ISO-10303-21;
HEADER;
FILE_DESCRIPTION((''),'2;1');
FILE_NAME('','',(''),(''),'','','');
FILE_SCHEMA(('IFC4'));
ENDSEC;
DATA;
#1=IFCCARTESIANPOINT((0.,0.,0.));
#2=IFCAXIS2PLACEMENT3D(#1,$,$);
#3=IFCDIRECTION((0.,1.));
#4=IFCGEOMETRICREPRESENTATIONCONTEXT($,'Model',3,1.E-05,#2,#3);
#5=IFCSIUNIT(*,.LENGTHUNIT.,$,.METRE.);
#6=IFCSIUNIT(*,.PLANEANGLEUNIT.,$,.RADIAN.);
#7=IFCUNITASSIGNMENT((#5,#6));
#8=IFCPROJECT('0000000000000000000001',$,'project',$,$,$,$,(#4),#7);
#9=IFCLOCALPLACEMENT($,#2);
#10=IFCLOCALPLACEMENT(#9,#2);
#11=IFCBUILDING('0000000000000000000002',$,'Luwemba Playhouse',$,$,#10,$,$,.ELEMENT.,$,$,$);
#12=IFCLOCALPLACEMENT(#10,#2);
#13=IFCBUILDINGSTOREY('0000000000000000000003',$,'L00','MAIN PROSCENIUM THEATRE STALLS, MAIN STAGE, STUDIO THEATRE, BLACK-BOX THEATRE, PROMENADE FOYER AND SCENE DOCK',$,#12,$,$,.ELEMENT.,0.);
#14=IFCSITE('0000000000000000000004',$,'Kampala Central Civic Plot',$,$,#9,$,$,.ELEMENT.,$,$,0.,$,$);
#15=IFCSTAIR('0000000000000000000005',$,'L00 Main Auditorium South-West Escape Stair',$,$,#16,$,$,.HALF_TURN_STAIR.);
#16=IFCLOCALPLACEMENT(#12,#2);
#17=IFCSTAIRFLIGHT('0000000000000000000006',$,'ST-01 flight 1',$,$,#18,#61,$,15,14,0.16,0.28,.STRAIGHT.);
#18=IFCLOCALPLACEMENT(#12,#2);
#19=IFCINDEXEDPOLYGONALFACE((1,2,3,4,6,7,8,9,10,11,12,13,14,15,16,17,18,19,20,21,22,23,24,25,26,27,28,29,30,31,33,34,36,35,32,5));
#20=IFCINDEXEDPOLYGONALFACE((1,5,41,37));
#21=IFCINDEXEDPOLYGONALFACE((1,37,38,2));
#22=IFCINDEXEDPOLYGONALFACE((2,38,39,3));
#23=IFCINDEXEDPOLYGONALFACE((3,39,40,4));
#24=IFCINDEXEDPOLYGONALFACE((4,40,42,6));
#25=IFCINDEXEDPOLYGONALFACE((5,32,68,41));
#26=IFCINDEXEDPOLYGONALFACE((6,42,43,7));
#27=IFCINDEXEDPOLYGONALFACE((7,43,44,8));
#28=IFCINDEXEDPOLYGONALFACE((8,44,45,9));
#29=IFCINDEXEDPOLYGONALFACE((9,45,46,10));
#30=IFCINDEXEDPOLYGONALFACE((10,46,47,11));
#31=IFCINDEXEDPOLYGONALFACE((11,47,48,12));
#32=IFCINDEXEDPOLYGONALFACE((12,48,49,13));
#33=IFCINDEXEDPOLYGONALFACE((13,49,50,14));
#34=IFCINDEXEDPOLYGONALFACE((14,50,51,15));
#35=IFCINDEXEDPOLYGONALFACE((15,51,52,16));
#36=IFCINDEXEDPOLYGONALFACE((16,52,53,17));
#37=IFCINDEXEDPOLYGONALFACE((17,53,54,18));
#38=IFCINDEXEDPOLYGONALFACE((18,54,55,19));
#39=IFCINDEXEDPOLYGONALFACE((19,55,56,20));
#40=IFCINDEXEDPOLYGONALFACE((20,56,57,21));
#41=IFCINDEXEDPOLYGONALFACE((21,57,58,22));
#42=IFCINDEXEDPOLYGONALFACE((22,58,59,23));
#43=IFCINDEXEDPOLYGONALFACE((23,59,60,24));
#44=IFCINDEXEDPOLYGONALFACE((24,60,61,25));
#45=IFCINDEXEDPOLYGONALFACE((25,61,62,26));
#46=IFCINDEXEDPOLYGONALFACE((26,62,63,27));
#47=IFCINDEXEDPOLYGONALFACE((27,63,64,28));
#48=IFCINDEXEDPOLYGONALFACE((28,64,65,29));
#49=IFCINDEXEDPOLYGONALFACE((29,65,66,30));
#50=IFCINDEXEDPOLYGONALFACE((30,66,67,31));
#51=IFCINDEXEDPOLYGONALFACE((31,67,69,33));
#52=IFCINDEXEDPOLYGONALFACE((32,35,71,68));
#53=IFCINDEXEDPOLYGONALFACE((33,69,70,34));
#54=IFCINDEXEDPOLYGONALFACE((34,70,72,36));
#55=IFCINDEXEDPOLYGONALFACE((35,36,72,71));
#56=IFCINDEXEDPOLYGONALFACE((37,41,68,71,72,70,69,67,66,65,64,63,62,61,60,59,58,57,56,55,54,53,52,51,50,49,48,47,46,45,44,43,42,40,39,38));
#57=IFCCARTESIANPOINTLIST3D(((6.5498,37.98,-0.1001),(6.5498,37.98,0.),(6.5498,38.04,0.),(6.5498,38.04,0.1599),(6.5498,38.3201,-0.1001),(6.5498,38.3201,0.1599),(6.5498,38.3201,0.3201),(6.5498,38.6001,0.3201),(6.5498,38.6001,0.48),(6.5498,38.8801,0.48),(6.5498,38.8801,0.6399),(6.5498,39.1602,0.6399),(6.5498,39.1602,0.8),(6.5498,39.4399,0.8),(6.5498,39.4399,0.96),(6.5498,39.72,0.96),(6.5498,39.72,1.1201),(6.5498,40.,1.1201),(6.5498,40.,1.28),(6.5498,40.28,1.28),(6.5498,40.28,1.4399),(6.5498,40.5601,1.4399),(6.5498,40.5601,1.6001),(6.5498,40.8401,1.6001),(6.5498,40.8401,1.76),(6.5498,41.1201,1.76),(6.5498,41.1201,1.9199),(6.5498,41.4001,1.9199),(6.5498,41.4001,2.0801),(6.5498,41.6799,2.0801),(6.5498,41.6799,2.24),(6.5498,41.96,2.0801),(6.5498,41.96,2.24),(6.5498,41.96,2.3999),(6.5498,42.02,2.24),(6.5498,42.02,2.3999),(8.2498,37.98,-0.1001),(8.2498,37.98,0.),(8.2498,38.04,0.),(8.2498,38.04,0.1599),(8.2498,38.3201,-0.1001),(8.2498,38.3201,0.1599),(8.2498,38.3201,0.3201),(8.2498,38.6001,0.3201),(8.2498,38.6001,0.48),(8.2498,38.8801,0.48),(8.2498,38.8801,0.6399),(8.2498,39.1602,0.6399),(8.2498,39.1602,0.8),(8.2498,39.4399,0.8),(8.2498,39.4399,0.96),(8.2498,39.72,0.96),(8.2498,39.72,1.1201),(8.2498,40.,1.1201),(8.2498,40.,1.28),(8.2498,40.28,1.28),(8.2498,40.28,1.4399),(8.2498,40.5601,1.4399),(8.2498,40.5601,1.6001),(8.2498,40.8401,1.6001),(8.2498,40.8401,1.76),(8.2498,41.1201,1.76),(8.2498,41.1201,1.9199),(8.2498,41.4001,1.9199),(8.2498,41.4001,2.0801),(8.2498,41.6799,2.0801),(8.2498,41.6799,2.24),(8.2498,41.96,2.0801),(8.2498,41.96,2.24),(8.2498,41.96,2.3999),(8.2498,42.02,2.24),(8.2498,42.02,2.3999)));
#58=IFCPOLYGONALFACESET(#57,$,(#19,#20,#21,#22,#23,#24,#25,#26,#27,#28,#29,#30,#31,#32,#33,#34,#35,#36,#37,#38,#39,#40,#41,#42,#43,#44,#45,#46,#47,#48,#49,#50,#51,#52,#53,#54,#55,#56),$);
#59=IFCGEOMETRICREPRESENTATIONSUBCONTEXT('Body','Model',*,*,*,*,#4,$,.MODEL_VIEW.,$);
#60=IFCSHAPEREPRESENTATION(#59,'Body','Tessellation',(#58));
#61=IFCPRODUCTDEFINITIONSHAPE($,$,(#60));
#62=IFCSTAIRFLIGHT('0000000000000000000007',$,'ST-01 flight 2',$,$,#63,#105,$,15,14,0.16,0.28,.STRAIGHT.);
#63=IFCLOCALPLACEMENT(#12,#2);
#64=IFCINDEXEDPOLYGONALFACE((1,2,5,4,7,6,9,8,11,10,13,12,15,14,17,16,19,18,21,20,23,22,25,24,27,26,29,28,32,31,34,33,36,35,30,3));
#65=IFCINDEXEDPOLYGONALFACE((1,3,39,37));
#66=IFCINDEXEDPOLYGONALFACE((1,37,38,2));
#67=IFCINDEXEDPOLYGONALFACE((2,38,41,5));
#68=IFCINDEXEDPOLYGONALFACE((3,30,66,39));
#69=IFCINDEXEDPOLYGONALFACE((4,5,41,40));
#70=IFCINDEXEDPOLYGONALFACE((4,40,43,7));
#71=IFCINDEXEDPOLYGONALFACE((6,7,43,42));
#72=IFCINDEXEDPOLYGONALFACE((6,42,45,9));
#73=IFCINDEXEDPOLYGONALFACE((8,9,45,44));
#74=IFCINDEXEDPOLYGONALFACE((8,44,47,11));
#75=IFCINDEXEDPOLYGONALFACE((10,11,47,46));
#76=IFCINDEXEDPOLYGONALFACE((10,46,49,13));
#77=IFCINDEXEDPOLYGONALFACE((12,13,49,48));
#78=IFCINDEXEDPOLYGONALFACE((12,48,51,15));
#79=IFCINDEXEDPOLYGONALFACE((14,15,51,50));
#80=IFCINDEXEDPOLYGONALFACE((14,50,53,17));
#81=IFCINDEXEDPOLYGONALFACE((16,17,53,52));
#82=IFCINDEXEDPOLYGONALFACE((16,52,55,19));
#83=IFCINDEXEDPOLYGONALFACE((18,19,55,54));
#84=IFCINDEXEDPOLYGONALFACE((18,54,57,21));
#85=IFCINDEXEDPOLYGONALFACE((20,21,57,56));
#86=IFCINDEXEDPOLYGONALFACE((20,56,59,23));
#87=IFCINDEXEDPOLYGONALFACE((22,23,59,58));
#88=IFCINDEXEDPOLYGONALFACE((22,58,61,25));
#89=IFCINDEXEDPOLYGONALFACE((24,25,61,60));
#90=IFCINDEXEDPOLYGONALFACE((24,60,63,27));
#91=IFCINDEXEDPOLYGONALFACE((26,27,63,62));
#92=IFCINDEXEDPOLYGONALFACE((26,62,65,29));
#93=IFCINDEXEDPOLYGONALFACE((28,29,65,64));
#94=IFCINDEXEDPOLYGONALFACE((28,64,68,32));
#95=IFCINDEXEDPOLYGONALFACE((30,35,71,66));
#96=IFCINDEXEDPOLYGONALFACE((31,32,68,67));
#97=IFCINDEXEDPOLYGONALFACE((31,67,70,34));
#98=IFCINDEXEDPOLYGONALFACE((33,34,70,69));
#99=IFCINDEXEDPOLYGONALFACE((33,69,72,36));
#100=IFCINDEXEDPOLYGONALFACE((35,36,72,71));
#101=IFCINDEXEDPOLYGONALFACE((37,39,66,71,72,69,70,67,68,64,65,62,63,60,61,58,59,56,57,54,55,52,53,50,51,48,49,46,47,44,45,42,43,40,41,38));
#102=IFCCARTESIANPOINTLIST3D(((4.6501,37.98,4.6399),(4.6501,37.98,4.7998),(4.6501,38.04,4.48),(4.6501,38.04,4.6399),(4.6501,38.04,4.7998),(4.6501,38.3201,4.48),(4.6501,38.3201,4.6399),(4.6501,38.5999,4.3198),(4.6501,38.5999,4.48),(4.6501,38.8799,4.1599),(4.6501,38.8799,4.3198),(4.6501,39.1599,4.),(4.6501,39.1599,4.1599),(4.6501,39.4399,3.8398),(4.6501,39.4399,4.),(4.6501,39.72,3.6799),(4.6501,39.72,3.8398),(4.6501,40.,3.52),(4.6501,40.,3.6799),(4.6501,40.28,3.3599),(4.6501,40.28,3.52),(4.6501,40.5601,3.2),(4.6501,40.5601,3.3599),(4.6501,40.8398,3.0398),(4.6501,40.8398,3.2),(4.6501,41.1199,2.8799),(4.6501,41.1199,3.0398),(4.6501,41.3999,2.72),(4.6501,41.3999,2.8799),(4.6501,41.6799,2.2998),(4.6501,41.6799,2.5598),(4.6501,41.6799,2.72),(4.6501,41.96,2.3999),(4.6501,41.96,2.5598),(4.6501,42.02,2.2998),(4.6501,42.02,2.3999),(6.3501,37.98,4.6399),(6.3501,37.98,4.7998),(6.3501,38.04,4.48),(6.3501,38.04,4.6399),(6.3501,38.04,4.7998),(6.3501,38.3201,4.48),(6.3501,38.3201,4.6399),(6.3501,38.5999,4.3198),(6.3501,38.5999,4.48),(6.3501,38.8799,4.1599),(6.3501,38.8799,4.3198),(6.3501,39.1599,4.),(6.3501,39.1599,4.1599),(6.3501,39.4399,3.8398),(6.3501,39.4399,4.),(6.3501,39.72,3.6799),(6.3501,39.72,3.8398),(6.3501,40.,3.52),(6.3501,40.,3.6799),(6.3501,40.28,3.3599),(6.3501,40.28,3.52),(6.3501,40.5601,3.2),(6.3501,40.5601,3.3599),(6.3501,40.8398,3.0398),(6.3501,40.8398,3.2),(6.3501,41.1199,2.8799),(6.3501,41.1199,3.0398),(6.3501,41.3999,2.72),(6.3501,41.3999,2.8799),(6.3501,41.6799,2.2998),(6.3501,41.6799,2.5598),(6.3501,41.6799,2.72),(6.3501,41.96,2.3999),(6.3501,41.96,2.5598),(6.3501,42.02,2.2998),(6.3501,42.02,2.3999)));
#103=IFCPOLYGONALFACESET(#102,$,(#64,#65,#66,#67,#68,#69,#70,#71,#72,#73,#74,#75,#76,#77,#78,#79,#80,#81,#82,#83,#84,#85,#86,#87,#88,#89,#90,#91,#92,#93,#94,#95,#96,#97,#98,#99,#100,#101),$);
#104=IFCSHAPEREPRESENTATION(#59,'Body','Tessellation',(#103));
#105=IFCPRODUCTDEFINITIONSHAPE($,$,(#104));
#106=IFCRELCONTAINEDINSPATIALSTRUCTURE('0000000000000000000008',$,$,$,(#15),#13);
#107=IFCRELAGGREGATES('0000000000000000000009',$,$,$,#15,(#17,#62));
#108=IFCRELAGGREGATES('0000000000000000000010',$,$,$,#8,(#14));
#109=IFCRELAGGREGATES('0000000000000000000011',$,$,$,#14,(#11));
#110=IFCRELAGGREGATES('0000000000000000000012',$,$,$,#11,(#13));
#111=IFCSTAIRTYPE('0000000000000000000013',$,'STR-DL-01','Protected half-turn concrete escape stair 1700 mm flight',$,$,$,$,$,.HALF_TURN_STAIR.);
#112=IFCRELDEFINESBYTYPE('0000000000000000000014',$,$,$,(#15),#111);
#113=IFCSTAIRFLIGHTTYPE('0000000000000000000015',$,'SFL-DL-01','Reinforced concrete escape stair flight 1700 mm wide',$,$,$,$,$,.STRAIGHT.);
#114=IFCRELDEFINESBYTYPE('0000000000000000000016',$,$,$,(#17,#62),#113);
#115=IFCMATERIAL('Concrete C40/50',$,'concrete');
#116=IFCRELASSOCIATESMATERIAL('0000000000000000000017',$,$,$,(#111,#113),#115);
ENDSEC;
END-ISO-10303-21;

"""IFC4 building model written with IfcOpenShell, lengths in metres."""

from ifc_helpers import new_model, si_unit, direction, frame, origin, place, context, subcontext, project, spatial, polyline, outline, extrude, material, type_object, element, aggregate, save


model = new_model("IFC4")

# Units and contexts
model_context = context("Model", 3, precision=1e-05, world=origin(), true_north=direction((0.0, 1.0)))
body_context = subcontext(model_context, "Body", "Model", "MODEL_VIEW")
ifc_project = project(units=[si_unit("LENGTHUNIT", "METRE"), si_unit("PLANEANGLEUNIT", "RADIAN")], contexts=[model_context])

# Site, building, storey
site_placement = place(None, origin())
site = spatial("IfcSite", under=ifc_project, at=site_placement, Name="Kampala Central Civic Plot", CompositionType="ELEMENT", RefElevation=0.0)
building_placement = place(site_placement, origin())
building = spatial("IfcBuilding", under=site, at=building_placement, Name="Luwemba Playhouse", CompositionType="ELEMENT")
storey_placement = place(building_placement, origin())
storey = spatial("IfcBuildingStorey", under=building, at=storey_placement, Name="L00", Description="MAIN PROSCENIUM THEATRE STALLS, MAIN STAGE, STUDIO THEATRE, BLACK-BOX THEATRE, PROMENADE FOYER AND SCENE DOCK", CompositionType="ELEMENT", Elevation=0.0)

# Shared definitions
ifc_material_1 = material(Name="Concrete C40/50", Category="concrete")

# Stair, stair flights
stair_type = type_object("IfcStairType", Name="STR-DL-01", Description="Protected half-turn concrete escape stair 1700 mm flight", PredefinedType="HALF_TURN_STAIR", material=ifc_material_1)
stair_placement = place(storey_placement, origin())
stair = element("IfcStair", 1, at=stair_placement, inside=storey, type_object=stair_type, Name="L00 Main Auditorium South-West Escape Stair", PredefinedType="HALF_TURN_STAIR")
stair_flight_type = type_object("IfcStairFlightType", Name="SFL-DL-01", Description="Reinforced concrete escape stair flight 1700 mm wide", PredefinedType="STRAIGHT", material=ifc_material_1)
stair_flight_1_placement = place(storey_placement, frame((7.3999, 38.04, 0.0), z_axis=(0.0, 0.0, 1.0), x_axis=(0.0, 1.0, 0.0)))
stair_flight_1 = element("IfcStairFlight", 2, at=stair_flight_1_placement, type_object=stair_flight_type, Name="ST-01 flight 1", NumberOfRisers=15, NumberOfTreads=14, PredefinedType="STRAIGHT", RiserHeight=0.16, TreadLength=0.28, context=body_context, shape_type="SweptSolid", body=[
    extrude(outline(polyline([(-0.0601, -0.1001), (-0.0601, 0.0), (0.0, 0.0), (0.0, 0.1599), (0.28, 0.1599), (0.28, 0.3201), (0.5601, 0.3201), (0.5601, 0.48), (0.8401, 0.48), (0.8401, 0.6399), (1.1201, 0.6399), (1.1201, 0.8), (1.3999, 0.8), (1.3999, 0.96), (1.6799, 0.96), (1.6799, 1.1201), (1.96, 1.1201), (1.96, 1.28), (2.24, 1.28), (2.24, 1.4399), (2.52, 1.4399), (2.52, 1.6001), (2.8, 1.6001), (2.8, 1.76), (3.0801, 1.76), (3.0801, 1.9199), (3.3601, 1.9199), (3.3601, 2.0801), (3.6399, 2.0801), (3.6399, 2.24), (3.9199, 2.24), (3.9199, 2.3999), (3.98, 2.3999), (3.98, 2.24), (3.9199, 2.0801), (0.28, -0.1001), (-0.0601, -0.1001)])), frame((0.0, 0.8501, 0.0), z_axis=(0.0, -1.0, 0.0), x_axis=(1.0, 0.0, 0.0)), (0.0, 0.0, 1.0), 1.7),
])
stair_flight_2_placement = place(storey_placement, frame((5.5, 41.96, 2.3999), z_axis=(0.0, 0.0, 1.0), x_axis=(0.0, -1.0, 0.0)))
stair_flight_2 = element("IfcStairFlight", 3, at=stair_flight_2_placement, type_object=stair_flight_type, Name="ST-01 flight 2", NumberOfRisers=15, NumberOfTreads=14, PredefinedType="STRAIGHT", RiserHeight=0.16, TreadLength=0.28, context=body_context, shape_type="SweptSolid", body=[
    extrude(outline(polyline([(-0.0601, -0.1001), (-0.0601, 0.0), (0.0, 0.0), (0.0, 0.1599), (0.28, 0.1599), (0.28, 0.3201), (0.5601, 0.3201), (0.5601, 0.48), (0.8401, 0.48), (0.8401, 0.6399), (1.1201, 0.6399), (1.1201, 0.8), (1.3999, 0.8), (1.3999, 0.96), (1.6799, 0.96), (1.6799, 1.1201), (1.96, 1.1201), (1.96, 1.28), (2.24, 1.28), (2.24, 1.4399), (2.52, 1.4399), (2.52, 1.6001), (2.8, 1.6001), (2.8, 1.76), (3.0801, 1.76), (3.0801, 1.9199), (3.3601, 1.9199), (3.3601, 2.0801), (3.6399, 2.0801), (3.6399, 2.24), (3.9199, 2.24), (3.9199, 2.3999), (3.98, 2.3999), (3.98, 2.24), (3.9199, 2.0801), (0.28, -0.1001), (-0.0601, -0.1001)])), frame((0.0, 0.8501, 0.0), z_axis=(0.0, -1.0, 0.0), x_axis=(1.0, 0.0, 0.0)), (0.0, 0.0, 1.0), 1.7),
])
aggregate(stair, [stair_flight_1, stair_flight_2])

save(model, "model.ifc")
